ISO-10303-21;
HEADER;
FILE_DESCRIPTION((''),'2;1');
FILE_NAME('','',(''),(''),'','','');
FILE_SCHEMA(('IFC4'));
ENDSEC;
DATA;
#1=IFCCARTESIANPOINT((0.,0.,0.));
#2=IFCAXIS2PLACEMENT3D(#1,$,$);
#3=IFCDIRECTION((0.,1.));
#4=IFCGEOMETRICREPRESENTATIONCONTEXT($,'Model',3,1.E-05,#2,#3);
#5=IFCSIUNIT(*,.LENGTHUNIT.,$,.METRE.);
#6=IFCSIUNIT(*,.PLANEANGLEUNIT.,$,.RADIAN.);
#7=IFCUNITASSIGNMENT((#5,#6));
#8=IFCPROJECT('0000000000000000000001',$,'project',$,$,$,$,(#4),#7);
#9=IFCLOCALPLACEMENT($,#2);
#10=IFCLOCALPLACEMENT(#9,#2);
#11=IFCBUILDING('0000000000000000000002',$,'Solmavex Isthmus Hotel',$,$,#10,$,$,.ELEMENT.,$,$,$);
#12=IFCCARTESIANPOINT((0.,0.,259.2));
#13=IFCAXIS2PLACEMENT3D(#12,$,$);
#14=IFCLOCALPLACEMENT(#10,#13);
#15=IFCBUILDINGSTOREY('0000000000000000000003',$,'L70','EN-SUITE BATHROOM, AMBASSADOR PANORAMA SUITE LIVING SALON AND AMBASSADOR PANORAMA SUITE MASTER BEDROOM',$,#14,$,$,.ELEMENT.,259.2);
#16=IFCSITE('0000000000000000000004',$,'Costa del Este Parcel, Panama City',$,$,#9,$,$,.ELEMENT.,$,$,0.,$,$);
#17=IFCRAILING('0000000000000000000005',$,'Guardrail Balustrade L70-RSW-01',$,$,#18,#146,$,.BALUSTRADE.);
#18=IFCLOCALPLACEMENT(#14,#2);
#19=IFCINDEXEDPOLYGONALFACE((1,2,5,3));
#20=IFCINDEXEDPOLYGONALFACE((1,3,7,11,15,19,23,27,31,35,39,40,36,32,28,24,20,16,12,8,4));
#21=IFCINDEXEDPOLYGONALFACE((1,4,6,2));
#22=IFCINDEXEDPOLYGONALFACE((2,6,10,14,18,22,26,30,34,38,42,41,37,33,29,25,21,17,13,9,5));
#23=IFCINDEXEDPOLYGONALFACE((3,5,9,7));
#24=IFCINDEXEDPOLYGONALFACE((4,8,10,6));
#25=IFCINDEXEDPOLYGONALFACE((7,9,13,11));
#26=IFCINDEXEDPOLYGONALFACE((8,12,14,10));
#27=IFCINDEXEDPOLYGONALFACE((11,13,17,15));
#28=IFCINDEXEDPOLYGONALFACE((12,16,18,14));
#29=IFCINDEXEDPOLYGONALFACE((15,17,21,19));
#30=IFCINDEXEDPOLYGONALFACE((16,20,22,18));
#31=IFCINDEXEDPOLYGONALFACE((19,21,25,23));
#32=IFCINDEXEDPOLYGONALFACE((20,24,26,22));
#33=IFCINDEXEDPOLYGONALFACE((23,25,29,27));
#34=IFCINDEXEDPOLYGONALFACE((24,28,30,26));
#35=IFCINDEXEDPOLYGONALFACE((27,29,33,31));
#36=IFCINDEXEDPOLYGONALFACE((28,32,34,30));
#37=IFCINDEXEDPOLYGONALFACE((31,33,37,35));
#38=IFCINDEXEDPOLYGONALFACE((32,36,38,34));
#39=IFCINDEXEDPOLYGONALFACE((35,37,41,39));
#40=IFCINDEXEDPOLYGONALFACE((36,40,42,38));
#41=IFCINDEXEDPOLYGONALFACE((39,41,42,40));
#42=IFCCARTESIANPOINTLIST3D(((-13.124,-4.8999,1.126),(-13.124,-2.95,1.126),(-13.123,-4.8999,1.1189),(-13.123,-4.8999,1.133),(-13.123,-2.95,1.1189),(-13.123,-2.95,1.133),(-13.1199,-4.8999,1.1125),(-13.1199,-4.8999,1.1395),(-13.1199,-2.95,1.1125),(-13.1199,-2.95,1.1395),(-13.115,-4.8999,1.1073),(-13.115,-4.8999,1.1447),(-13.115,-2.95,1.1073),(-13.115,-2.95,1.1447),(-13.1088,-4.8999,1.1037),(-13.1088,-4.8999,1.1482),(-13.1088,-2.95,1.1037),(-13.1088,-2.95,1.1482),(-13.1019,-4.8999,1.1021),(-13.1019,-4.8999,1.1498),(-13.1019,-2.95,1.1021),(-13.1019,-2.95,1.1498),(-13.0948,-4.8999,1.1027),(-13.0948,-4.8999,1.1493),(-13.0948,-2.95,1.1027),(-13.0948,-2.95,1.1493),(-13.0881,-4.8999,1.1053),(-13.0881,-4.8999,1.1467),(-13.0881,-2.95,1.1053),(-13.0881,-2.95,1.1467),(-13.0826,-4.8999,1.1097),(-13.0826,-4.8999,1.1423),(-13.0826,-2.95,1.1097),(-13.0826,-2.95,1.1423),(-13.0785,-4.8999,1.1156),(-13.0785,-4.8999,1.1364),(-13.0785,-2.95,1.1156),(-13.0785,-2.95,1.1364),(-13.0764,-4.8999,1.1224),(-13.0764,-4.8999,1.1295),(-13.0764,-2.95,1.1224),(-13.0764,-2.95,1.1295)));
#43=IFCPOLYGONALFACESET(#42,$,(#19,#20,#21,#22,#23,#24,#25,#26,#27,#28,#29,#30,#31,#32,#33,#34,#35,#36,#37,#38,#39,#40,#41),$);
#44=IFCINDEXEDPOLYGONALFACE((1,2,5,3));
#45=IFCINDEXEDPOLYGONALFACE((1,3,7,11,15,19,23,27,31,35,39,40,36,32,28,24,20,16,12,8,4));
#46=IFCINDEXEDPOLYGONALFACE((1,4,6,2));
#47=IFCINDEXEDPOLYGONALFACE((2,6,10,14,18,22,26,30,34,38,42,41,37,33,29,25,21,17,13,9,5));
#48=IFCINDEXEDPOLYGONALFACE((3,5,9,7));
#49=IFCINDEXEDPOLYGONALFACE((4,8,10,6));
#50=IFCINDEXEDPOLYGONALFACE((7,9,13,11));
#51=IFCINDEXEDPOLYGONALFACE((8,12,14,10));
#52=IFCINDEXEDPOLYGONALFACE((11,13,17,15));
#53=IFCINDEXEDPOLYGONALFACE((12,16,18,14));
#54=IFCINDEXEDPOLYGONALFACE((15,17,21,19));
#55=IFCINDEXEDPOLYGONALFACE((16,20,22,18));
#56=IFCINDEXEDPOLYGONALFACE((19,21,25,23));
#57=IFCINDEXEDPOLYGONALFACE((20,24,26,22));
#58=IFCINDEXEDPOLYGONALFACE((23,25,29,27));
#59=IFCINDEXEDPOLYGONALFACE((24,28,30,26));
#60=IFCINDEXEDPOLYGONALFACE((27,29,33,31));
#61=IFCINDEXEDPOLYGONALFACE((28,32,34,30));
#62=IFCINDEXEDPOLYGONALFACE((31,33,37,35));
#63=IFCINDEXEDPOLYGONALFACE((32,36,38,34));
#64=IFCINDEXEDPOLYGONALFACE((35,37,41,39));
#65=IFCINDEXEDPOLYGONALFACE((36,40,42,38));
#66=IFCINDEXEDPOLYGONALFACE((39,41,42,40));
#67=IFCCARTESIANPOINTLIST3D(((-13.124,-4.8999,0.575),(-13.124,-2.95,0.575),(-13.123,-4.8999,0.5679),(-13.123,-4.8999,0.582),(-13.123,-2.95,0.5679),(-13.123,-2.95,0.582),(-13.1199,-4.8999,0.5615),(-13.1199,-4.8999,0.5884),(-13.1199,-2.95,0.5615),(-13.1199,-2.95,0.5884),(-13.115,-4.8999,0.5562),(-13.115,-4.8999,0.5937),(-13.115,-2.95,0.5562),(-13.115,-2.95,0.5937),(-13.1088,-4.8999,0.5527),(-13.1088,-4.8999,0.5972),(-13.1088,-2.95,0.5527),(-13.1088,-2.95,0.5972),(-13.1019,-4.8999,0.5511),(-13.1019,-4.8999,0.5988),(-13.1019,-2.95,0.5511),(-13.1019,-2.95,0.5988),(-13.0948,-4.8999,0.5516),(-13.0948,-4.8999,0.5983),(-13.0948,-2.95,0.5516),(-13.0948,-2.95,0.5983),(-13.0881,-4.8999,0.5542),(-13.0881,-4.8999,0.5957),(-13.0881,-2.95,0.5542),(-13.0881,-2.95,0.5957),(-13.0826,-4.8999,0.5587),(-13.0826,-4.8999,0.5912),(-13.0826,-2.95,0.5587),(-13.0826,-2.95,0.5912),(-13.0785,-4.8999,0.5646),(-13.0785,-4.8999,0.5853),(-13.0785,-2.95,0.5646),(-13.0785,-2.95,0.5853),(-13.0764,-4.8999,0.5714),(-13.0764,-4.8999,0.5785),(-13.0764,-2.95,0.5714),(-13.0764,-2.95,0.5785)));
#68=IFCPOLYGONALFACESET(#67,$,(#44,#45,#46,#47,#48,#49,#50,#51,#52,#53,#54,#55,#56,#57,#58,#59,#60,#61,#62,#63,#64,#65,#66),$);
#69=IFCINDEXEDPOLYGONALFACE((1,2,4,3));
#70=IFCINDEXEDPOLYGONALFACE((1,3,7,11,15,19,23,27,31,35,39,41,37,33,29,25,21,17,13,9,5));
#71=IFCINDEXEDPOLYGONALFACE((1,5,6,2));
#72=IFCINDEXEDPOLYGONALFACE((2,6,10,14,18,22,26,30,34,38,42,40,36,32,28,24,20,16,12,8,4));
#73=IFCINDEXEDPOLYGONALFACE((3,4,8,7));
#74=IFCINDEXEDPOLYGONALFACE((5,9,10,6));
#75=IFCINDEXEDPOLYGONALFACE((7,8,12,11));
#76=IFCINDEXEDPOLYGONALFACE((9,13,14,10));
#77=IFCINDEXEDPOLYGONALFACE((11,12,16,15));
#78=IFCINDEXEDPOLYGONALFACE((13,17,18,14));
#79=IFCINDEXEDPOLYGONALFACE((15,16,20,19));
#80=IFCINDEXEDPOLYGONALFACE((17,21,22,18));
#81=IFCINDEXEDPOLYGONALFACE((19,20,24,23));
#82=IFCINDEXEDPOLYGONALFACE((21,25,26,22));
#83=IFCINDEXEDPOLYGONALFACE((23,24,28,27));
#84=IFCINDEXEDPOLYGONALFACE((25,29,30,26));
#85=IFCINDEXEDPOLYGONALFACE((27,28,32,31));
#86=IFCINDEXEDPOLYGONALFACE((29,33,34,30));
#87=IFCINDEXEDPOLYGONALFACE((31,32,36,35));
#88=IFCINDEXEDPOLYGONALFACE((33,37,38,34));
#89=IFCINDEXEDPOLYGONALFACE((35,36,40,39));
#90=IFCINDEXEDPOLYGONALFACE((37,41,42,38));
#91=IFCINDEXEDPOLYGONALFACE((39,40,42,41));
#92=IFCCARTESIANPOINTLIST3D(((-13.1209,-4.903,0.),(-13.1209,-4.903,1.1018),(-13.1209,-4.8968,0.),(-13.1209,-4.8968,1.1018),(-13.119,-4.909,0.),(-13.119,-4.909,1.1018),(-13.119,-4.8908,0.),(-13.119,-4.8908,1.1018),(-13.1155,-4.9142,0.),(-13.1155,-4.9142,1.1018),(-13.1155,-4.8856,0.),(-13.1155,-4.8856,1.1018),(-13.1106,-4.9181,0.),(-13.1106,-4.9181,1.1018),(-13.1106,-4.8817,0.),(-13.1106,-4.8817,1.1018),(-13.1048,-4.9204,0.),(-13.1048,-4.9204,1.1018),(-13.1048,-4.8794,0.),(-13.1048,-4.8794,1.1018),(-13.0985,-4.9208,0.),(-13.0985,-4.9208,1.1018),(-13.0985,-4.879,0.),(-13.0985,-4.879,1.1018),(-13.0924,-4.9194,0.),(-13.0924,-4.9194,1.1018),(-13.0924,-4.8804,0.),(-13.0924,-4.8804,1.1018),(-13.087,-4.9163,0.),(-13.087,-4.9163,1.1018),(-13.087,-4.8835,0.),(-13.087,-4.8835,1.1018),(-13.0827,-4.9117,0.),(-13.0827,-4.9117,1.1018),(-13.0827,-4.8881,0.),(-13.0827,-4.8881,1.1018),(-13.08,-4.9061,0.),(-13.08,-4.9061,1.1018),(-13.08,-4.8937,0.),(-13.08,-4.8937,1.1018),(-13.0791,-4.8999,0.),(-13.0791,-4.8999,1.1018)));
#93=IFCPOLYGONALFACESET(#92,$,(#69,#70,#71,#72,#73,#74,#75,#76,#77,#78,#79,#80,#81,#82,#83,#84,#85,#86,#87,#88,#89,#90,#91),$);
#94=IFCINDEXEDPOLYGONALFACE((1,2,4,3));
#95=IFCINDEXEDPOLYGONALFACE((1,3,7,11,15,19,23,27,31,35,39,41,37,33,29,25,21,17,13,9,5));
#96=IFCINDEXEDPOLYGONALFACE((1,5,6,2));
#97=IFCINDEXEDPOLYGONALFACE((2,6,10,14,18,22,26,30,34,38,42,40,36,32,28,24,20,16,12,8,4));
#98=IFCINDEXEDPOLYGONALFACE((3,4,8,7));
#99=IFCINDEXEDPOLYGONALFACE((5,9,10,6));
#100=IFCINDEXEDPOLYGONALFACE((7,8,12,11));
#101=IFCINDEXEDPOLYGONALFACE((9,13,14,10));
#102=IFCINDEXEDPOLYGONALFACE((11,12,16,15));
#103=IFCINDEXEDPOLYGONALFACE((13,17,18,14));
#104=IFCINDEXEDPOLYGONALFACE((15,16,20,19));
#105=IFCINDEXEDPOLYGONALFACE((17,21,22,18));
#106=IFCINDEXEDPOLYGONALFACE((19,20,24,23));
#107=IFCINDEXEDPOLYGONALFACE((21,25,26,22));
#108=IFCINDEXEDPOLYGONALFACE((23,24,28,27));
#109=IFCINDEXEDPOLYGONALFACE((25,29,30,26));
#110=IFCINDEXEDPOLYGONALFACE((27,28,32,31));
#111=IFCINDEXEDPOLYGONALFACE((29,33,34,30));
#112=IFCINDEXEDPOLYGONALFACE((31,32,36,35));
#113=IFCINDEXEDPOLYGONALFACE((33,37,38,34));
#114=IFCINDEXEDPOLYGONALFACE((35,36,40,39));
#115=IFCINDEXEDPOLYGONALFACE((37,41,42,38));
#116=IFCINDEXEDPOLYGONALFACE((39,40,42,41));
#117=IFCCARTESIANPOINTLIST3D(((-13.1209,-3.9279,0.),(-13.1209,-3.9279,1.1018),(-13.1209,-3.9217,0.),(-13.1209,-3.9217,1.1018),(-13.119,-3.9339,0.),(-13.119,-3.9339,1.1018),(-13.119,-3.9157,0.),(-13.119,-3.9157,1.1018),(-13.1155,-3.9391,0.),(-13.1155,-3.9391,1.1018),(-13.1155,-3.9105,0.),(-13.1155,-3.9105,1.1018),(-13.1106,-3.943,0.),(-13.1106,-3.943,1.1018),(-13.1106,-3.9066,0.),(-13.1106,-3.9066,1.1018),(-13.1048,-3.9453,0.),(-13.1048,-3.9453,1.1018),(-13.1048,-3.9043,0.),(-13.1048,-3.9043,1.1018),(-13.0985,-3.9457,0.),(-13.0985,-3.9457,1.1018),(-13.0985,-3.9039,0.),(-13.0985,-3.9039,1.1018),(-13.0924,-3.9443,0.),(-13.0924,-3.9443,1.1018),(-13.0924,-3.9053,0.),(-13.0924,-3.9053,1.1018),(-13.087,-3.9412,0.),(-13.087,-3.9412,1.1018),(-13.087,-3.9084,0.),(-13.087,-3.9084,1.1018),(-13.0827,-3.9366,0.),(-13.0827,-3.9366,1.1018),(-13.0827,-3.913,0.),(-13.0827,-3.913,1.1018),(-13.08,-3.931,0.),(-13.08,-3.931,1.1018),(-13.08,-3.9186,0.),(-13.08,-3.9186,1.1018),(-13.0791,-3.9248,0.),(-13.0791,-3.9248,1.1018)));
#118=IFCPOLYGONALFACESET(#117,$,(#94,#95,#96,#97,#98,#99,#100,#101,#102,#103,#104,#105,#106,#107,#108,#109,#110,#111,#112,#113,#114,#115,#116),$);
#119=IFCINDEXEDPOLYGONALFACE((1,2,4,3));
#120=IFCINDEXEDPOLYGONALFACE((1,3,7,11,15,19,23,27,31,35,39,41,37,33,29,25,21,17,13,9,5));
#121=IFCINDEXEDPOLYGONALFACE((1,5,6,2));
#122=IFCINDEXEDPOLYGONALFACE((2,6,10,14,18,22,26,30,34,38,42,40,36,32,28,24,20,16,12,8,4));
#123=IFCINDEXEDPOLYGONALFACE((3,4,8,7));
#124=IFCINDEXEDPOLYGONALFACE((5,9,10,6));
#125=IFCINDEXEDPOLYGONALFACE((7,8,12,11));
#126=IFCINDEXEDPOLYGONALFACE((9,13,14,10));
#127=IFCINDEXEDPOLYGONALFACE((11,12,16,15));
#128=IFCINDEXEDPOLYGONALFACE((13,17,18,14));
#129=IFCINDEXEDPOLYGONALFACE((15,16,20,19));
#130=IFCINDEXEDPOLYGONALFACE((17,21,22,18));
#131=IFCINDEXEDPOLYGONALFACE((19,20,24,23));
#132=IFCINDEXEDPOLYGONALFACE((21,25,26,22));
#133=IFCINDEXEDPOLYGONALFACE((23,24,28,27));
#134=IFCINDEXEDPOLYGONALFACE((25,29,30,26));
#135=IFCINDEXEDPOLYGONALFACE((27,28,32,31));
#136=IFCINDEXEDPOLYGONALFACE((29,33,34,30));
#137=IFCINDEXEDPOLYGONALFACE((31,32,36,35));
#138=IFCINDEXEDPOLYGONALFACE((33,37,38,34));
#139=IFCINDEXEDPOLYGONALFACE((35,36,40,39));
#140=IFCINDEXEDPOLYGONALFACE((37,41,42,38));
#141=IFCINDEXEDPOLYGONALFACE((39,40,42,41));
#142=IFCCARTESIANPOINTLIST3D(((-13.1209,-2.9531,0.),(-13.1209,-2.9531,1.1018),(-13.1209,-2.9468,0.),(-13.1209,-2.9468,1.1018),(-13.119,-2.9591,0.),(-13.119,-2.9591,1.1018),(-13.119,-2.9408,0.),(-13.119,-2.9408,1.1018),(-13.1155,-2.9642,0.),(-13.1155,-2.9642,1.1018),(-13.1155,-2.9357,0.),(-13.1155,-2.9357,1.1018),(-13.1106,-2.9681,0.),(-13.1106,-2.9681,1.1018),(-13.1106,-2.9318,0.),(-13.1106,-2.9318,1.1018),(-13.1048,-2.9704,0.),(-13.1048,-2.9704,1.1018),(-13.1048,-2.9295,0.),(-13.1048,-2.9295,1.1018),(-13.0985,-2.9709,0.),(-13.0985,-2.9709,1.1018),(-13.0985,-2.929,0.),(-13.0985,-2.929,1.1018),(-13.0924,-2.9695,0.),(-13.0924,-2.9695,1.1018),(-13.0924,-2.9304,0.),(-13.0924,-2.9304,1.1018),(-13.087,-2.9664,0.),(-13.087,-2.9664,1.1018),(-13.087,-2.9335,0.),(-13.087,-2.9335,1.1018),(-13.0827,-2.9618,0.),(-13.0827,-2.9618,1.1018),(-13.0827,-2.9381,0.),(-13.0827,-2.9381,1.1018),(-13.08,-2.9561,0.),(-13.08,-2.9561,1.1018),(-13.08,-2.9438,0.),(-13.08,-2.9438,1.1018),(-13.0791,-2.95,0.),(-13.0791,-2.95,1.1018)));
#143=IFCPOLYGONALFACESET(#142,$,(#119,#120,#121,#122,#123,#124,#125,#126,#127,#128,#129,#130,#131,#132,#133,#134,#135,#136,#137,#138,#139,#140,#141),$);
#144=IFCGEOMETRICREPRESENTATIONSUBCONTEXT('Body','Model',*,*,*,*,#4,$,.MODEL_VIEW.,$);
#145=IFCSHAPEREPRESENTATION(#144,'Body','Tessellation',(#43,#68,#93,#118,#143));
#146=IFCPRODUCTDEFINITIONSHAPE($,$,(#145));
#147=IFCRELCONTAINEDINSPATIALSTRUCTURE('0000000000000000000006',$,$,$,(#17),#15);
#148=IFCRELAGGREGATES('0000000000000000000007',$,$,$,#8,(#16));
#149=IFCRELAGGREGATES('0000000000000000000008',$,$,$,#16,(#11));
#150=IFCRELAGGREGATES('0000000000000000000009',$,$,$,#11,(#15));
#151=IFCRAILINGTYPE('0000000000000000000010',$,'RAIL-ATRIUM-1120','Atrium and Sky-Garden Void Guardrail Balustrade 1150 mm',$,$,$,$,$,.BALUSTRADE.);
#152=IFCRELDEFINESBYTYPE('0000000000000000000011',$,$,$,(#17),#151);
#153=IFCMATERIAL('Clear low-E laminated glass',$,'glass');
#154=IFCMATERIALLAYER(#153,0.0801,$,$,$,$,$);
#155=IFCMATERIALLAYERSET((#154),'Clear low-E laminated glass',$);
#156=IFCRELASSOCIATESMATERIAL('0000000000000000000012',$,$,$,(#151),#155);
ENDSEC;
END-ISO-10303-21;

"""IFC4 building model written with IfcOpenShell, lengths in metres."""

from ifc_helpers import new_model, si_unit, direction, frame, origin, origin_2d, place, context, subcontext, project, spatial, circle, extrude, material, layer, layer_set, type_object, element, save


model = new_model("IFC4")

# Units and contexts
model_context = context("Model", 3, precision=1e-05, world=origin(), true_north=direction((0.0, 1.0)))
body_context = subcontext(model_context, "Body", "Model", "MODEL_VIEW")
ifc_project = project(units=[si_unit("LENGTHUNIT", "METRE"), si_unit("PLANEANGLEUNIT", "RADIAN")], contexts=[model_context])

# Site, building, storey
site_placement = place(None, origin())
site = spatial("IfcSite", under=ifc_project, at=site_placement, Name="Costa del Este Parcel, Panama City", CompositionType="ELEMENT", RefElevation=0.0)
building_placement = place(site_placement, origin())
building = spatial("IfcBuilding", under=site, at=building_placement, Name="Solmavex Isthmus Hotel", CompositionType="ELEMENT")
storey_placement = place(building_placement, frame((0.0, 0.0, 259.2)))
storey = spatial("IfcBuildingStorey", under=building, at=storey_placement, Name="L70", Description="EN-SUITE BATHROOM, AMBASSADOR PANORAMA SUITE LIVING SALON AND AMBASSADOR PANORAMA SUITE MASTER BEDROOM", CompositionType="ELEMENT", Elevation=259.2)

# Railing
ifc_material_1 = material(Name="Clear low-E laminated glass", Category="glass")
ifc_layer_1 = layer(ifc_material_1, 0.0801)
ifc_layer_set_1 = layer_set([ifc_layer_1], Name="Clear low-E laminated glass")
railing_type_1 = type_object("IfcRailingType", Name="RAIL-ATRIUM-1120", Description="Atrium and Sky-Garden Void Guardrail Balustrade 1150 mm", PredefinedType="BALUSTRADE", material=ifc_layer_set_1)
railing_1_placement = place(storey_placement, frame((-13.1001, -4.8999, 0.0)))
element("IfcRailing", 1, at=railing_1_placement, inside=storey, type_object=railing_type_1, Name="Guardrail Balustrade L70-RSW-01", PredefinedType="BALUSTRADE", context=body_context, shape_type="SweptSolid", body=[
    extrude(circle(Radius=0.0239, at=origin_2d()), frame((0.0, 0.0, 1.126), z_axis=(0.0, 1.0, 0.0), x_axis=(-1.0, 0.0, 0.0)), (0.0, 0.0, 1.0), 1.95),
    extrude(circle(Radius=0.0239, at=origin_2d()), frame((0.0, 0.0, 0.575), z_axis=(0.0, 1.0, 0.0), x_axis=(-1.0, 0.0, 0.0)), (0.0, 0.0, 1.0), 1.95),
    extrude(circle(Radius=0.021, at=origin_2d()), origin(), (0.0, 0.0, 1.0), 1.1018),
    extrude(circle(Radius=0.021, at=origin_2d()), frame((0.0, 0.9751, 0.0)), (0.0, 0.0, 1.0), 1.1018),
    extrude(circle(Radius=0.021, at=origin_2d()), frame((0.0, 1.95, 0.0)), (0.0, 0.0, 1.0), 1.1018),
])

save(model, "model.ifc")
